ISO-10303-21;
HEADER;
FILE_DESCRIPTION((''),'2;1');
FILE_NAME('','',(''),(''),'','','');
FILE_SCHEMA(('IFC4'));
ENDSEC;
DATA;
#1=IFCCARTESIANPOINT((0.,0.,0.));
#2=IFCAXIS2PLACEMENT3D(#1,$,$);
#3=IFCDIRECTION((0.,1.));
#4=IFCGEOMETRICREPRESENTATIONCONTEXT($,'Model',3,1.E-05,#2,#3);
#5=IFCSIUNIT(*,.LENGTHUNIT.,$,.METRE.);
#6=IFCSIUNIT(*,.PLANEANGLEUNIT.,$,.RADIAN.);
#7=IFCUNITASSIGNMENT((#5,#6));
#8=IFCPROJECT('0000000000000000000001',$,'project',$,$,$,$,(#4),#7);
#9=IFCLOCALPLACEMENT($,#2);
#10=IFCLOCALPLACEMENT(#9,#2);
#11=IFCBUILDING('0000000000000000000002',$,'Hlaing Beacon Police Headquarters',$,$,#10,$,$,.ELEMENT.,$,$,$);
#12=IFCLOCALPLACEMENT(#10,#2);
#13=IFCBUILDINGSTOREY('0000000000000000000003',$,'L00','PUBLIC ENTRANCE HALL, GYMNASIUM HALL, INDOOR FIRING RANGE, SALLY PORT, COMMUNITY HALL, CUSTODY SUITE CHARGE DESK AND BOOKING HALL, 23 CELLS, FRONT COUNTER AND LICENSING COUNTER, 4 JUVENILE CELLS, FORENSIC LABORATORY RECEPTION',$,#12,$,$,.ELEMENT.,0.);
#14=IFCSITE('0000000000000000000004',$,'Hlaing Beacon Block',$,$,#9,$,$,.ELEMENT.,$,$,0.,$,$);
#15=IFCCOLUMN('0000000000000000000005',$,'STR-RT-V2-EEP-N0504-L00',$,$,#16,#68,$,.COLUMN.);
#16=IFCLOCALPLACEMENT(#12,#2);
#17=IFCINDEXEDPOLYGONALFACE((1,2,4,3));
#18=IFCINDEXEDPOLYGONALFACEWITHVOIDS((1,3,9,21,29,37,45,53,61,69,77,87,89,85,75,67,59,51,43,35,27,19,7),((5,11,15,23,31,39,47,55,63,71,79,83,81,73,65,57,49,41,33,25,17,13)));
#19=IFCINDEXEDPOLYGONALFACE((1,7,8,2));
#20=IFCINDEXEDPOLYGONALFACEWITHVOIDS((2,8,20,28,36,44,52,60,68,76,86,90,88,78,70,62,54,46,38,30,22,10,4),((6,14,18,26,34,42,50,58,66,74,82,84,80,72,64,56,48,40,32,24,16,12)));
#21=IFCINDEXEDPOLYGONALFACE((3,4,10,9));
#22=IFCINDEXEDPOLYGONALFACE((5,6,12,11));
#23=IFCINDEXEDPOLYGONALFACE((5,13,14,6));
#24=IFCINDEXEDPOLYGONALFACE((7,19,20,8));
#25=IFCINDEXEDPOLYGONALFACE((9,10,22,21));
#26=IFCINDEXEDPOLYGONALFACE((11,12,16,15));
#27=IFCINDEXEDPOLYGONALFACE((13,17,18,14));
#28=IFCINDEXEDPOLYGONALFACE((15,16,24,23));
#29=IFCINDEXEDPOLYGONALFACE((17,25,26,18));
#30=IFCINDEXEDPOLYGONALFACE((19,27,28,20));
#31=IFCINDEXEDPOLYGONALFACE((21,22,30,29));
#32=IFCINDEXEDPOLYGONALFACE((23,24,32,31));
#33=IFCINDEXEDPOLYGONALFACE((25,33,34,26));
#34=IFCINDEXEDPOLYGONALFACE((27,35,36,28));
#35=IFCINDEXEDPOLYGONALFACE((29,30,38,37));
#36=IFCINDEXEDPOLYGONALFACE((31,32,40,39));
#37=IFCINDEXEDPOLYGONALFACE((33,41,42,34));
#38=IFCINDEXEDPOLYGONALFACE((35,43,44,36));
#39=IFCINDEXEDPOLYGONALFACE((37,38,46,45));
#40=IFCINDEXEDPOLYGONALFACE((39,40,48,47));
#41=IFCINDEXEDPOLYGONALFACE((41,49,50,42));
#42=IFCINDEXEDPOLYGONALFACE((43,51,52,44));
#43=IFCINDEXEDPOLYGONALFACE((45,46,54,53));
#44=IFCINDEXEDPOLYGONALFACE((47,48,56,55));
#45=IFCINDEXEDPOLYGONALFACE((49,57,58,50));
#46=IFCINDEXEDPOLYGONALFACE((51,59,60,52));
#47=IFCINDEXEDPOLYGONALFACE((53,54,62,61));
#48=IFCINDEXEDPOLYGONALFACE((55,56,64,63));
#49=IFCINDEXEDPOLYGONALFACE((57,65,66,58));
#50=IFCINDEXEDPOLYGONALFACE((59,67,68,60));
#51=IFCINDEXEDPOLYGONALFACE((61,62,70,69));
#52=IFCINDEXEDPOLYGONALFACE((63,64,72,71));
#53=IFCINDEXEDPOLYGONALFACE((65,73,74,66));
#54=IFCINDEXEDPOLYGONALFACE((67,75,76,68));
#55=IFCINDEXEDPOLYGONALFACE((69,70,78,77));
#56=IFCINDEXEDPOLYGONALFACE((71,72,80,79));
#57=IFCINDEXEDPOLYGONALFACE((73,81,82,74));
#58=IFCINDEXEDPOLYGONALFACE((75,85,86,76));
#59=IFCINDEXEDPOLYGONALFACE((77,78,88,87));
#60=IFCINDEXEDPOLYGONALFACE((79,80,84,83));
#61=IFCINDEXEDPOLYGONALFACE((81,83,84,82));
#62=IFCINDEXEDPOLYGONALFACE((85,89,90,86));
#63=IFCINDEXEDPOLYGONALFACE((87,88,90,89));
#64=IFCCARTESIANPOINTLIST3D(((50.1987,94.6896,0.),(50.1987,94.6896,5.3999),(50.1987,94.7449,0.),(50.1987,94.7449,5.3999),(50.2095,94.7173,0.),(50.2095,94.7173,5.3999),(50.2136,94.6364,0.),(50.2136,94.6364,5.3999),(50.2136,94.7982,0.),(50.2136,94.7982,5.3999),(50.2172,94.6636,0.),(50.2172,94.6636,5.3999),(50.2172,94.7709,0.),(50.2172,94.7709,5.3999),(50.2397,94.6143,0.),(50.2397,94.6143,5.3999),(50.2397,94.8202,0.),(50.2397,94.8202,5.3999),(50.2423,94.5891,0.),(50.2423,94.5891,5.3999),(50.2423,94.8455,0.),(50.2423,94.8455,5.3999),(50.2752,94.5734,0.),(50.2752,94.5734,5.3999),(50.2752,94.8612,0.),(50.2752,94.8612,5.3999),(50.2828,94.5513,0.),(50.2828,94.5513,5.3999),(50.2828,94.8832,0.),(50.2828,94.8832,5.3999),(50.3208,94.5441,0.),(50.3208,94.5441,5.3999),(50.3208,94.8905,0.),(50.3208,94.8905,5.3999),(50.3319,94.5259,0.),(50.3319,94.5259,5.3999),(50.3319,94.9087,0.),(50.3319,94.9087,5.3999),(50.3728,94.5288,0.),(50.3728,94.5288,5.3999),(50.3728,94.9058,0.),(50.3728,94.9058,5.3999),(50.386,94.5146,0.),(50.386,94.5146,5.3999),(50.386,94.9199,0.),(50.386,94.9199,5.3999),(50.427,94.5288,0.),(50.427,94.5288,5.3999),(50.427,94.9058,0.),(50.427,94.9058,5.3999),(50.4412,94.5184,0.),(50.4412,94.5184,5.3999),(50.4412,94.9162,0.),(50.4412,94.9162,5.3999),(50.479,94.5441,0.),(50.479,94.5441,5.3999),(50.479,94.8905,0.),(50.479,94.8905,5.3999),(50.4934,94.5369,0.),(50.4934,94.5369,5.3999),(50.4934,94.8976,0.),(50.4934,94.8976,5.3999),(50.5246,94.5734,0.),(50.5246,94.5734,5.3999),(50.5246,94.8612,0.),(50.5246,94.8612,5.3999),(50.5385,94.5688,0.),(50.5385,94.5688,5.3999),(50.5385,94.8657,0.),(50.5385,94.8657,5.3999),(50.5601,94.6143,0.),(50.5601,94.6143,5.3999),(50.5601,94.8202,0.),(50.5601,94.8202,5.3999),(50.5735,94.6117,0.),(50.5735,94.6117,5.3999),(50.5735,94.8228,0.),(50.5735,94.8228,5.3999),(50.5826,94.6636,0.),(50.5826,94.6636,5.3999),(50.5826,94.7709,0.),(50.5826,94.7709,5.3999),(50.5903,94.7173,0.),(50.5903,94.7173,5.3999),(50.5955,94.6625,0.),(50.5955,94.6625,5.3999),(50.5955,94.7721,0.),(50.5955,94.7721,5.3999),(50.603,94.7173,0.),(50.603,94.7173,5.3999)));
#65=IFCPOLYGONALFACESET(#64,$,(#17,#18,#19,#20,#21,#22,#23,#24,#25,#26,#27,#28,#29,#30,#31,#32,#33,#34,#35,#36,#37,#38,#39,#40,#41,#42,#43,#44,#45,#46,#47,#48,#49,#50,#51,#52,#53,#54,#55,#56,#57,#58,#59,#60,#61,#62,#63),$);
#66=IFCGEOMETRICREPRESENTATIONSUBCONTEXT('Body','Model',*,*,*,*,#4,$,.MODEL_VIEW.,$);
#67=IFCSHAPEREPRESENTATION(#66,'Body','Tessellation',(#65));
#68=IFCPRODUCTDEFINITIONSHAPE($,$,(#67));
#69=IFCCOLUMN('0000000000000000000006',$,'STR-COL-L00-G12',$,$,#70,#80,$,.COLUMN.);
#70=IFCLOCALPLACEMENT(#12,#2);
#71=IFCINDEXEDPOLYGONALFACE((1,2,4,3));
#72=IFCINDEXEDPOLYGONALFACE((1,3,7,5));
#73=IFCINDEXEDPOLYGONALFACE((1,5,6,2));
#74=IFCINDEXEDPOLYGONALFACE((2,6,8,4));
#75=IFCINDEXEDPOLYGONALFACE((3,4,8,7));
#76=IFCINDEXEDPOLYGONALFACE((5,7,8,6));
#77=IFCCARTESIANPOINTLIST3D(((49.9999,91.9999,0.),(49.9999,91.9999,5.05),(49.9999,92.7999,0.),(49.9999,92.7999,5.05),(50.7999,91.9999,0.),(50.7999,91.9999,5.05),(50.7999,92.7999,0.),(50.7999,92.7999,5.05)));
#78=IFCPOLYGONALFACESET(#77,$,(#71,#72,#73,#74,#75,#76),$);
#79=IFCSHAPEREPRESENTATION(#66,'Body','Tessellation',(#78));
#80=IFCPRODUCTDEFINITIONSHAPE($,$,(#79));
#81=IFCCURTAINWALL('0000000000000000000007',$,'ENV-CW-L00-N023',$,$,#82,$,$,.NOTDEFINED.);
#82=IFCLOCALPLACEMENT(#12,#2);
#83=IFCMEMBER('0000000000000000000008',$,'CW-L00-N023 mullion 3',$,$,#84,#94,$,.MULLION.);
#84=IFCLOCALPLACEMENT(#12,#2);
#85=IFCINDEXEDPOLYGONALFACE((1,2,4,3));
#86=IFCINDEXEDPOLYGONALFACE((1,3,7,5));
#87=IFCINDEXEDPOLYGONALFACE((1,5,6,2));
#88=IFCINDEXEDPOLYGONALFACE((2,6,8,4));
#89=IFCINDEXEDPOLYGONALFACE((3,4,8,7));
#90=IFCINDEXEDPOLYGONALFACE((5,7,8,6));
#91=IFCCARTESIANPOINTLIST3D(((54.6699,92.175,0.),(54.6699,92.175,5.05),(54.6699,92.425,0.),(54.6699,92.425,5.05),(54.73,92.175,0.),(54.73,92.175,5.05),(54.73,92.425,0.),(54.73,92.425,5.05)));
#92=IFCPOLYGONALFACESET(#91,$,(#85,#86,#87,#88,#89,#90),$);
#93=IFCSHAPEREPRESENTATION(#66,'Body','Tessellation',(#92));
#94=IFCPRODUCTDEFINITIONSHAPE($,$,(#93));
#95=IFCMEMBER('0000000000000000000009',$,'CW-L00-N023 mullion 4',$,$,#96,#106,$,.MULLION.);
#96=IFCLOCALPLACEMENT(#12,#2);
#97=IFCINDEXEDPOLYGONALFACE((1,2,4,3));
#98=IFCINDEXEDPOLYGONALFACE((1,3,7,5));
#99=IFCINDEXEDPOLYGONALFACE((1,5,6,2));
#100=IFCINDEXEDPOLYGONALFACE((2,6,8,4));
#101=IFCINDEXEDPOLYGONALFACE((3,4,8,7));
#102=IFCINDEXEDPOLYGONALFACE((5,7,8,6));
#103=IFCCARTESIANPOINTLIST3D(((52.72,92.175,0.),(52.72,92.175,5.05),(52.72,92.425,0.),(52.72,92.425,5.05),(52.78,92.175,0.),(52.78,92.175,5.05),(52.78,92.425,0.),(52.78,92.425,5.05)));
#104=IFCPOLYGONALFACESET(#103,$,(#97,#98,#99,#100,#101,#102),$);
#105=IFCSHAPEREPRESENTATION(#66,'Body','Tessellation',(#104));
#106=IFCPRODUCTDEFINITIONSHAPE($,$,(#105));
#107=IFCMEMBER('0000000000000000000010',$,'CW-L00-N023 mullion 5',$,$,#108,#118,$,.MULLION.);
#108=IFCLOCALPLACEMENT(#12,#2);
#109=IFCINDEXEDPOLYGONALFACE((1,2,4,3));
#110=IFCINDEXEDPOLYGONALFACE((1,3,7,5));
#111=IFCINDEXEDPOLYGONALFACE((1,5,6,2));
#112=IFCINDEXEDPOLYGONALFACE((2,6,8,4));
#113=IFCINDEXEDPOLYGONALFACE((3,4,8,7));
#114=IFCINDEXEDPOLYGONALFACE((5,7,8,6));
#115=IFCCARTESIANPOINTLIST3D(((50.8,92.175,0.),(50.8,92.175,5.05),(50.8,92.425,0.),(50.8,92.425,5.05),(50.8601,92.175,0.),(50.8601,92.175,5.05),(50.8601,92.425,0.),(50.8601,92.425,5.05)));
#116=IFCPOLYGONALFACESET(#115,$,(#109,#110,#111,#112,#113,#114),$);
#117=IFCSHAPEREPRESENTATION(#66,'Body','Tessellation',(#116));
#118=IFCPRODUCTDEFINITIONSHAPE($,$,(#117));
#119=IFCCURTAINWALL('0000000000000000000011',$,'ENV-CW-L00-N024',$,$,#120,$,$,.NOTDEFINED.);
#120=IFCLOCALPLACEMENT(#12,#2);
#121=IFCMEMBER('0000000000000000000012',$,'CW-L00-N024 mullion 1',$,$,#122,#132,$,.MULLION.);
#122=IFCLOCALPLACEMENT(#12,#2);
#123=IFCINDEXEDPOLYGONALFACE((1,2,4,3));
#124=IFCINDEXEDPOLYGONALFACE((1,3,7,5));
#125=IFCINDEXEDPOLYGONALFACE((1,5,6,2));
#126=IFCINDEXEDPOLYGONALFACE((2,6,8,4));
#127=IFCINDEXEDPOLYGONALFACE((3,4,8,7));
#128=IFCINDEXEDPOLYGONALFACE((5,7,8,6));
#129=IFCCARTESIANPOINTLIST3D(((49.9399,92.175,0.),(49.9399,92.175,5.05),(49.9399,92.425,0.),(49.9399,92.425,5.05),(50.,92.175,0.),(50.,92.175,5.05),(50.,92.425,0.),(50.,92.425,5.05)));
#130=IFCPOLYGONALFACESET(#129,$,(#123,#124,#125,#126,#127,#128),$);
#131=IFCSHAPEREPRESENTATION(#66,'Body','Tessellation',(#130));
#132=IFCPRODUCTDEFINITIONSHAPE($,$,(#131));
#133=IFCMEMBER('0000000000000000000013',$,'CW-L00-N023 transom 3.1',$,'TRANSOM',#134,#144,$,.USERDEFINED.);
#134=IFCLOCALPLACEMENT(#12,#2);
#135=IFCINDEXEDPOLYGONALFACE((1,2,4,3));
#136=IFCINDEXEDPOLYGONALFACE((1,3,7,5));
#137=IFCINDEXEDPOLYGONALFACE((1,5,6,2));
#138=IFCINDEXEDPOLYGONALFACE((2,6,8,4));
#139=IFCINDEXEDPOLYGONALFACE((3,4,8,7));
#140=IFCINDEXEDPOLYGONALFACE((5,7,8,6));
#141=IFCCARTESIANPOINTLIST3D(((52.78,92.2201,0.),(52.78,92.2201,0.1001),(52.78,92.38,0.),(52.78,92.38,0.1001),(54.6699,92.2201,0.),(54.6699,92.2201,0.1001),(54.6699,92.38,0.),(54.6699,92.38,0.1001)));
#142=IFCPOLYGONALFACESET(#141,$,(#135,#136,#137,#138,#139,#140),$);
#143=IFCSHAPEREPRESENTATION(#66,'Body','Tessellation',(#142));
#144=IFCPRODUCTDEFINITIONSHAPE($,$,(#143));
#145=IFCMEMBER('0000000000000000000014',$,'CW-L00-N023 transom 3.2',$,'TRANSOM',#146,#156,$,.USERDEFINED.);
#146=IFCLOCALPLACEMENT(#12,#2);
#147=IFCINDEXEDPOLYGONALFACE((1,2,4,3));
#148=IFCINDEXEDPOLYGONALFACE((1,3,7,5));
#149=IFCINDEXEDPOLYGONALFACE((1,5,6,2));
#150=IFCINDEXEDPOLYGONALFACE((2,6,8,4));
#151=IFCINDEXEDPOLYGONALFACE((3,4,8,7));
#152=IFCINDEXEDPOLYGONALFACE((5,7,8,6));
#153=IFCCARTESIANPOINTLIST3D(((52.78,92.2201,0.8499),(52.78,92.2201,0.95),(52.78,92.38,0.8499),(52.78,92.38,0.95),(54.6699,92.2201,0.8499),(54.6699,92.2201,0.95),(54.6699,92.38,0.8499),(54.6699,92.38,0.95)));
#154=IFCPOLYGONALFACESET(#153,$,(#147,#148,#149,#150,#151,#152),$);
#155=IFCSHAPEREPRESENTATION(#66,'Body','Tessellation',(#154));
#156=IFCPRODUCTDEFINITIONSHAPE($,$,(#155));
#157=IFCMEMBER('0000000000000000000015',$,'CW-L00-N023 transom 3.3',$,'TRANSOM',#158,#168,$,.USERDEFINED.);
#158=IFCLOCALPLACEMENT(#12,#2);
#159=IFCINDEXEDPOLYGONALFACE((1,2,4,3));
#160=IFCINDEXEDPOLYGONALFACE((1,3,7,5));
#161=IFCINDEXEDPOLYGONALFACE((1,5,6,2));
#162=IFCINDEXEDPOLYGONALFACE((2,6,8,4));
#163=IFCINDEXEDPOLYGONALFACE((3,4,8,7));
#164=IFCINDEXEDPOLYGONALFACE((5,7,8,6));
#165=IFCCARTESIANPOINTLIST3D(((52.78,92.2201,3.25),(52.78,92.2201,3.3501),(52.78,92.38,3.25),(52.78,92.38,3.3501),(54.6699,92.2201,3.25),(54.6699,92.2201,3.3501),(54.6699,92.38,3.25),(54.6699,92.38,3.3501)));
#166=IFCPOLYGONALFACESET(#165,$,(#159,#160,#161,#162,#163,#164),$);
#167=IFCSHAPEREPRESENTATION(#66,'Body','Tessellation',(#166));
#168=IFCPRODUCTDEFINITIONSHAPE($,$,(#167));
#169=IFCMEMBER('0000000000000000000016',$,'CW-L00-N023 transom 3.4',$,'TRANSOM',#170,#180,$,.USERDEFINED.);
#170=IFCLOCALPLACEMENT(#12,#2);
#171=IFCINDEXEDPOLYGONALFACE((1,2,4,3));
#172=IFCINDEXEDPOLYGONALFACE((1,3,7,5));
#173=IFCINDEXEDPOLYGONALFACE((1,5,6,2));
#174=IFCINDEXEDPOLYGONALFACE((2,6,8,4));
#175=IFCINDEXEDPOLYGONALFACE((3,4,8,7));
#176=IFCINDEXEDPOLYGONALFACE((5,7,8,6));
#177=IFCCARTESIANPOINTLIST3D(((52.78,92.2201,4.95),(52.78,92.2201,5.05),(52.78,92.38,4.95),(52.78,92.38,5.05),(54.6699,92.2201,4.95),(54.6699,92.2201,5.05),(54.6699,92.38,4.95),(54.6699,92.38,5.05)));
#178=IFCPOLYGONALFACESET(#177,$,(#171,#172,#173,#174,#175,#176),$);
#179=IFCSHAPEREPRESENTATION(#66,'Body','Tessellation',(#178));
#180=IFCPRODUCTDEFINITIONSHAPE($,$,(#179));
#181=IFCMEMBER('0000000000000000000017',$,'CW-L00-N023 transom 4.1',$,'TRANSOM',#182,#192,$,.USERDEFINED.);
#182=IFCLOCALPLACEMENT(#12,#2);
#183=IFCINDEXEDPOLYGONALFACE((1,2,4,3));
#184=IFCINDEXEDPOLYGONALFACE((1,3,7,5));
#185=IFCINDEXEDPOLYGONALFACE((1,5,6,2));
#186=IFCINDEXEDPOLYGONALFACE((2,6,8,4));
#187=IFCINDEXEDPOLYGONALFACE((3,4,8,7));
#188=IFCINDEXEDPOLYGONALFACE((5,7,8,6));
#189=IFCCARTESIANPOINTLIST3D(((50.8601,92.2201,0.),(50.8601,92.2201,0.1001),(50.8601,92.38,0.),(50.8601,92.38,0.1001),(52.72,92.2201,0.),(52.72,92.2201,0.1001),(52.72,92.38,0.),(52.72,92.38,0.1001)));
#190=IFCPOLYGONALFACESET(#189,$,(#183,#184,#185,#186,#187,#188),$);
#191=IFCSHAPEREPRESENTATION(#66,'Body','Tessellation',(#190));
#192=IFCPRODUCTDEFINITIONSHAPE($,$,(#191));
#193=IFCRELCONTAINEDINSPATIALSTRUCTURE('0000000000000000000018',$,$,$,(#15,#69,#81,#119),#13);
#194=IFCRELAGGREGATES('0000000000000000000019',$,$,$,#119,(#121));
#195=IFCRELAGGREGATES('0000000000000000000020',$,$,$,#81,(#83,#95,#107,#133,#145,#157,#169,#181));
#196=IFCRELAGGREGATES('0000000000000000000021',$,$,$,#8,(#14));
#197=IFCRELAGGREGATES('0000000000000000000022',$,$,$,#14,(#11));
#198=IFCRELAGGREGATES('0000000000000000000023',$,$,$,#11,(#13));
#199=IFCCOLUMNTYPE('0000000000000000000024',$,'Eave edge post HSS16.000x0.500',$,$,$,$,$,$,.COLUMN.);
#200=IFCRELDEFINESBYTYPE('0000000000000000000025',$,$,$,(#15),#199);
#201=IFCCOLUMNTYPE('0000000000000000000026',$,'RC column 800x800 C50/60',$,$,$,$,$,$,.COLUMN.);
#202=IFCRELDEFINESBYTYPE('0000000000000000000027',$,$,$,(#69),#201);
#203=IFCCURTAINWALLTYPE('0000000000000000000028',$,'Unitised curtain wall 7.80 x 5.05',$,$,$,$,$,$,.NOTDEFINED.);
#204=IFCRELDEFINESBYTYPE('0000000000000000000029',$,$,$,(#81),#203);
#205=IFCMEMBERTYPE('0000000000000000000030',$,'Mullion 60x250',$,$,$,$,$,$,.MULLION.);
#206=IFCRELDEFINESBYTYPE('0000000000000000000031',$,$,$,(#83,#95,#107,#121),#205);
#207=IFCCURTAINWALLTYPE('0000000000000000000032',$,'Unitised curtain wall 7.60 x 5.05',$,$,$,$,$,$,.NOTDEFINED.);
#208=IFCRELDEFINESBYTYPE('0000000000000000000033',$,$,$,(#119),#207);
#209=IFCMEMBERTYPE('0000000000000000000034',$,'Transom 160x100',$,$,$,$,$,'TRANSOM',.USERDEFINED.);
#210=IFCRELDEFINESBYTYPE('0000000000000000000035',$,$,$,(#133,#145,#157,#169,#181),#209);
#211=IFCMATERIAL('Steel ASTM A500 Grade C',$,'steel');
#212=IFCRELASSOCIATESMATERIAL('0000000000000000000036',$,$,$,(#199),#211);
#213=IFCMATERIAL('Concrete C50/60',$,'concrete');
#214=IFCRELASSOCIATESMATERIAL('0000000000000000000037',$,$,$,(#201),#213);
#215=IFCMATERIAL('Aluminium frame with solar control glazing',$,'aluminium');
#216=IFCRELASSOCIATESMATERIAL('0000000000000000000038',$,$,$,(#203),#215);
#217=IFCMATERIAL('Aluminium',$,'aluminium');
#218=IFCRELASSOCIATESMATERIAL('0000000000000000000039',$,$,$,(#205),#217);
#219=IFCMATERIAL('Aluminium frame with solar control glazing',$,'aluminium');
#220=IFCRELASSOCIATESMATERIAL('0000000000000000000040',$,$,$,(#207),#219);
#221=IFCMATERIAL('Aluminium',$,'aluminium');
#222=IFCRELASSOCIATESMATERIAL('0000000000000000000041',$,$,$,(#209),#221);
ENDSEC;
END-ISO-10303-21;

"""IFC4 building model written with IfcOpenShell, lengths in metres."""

from ifc_helpers import new_model, si_unit, direction, frame, origin, origin_2d, place, context, subcontext, project, spatial, rectangle, hollow_circle, extrude, material, material_profile, profile_set, type_object, element, aggregate, save


model = new_model("IFC4")

# Units and contexts
model_context = context("Model", 3, precision=1e-05, world=origin(), true_north=direction((0.0, 1.0)))
body_context = subcontext(model_context, "Body", "Model", "MODEL_VIEW")
ifc_project = project(units=[si_unit("LENGTHUNIT", "METRE"), si_unit("PLANEANGLEUNIT", "RADIAN")], contexts=[model_context])

# Site, building, storey
site_placement = place(None, origin())
site = spatial("IfcSite", under=ifc_project, at=site_placement, Name="Hlaing Beacon Block", CompositionType="ELEMENT", RefElevation=0.0)
building_placement = place(site_placement, origin())
building = spatial("IfcBuilding", under=site, at=building_placement, Name="Hlaing Beacon Police Headquarters", CompositionType="ELEMENT")
storey_placement = place(building_placement, origin())
storey = spatial("IfcBuildingStorey", under=building, at=storey_placement, Name="L00", Description="PUBLIC ENTRANCE HALL, GYMNASIUM HALL, INDOOR FIRING RANGE, SALLY PORT, COMMUNITY HALL, CUSTODY SUITE CHARGE DESK AND BOOKING HALL, 23 CELLS, FRONT COUNTER AND LICENSING COUNTER, 4 JUVENILE CELLS, FORENSIC LABORATORY RECEPTION", CompositionType="ELEMENT", Elevation=0.0)

# Columns
ifc_material_1 = material(Name="Steel ASTM A500 Grade C", Category="steel")
ifc_material_profile_1 = material_profile(ifc_material_1, hollow_circle(Radius=0.2031, WallThickness=0.0127, at=origin_2d()), Name="HSS16.000x0.500")
ifc_profile_set_1 = profile_set([ifc_material_profile_1], Name="Steel ASTM A500 Grade C")
column_type_1 = type_object("IfcColumnType", Name="Eave edge post HSS16.000x0.500", PredefinedType="COLUMN", material=ifc_profile_set_1)
column_1_placement = place(storey_placement, frame((50.3999, 94.7173, 0.0), z_axis=(0.0, 0.0, 1.0), x_axis=(1.0, 0.0, 0.0)))
element("IfcColumn", 1, at=column_1_placement, inside=storey, type_object=column_type_1, Name="STR-RT-V2-EEP-N0504-L00", PredefinedType="COLUMN", context=body_context, shape_type="SweptSolid", body=[
    extrude(hollow_circle(Radius=0.2031, WallThickness=0.0127, at=origin_2d()), origin(), (0.0, 0.0, 1.0), 5.3999),
])
ifc_material_2 = material(Name="Concrete C50/60", Category="concrete")
ifc_material_profile_2 = material_profile(ifc_material_2, rectangle(XDim=0.8, YDim=0.8, at=origin_2d()), Name="800x800")
ifc_profile_set_2 = profile_set([ifc_material_profile_2], Name="Concrete C50/60")
column_type_2 = type_object("IfcColumnType", Name="RC column 800x800 C50/60", PredefinedType="COLUMN", material=ifc_profile_set_2)
column_2_placement = place(storey_placement, frame((50.3999, 92.3999, 0.0), z_axis=(0.0, 0.0, 1.0), x_axis=(1.0, 0.0, 0.0)))
element("IfcColumn", 2, at=column_2_placement, inside=storey, type_object=column_type_2, Name="STR-COL-L00-G12", PredefinedType="COLUMN", context=body_context, shape_type="SweptSolid", body=[
    extrude(rectangle(XDim=0.8, YDim=0.8, at=origin_2d()), origin(), (0.0, 0.0, 1.0), 5.05),
])

# Curtain wall, members
ifc_material_3 = material(Name="Aluminium frame with solar control glazing", Category="aluminium")
curtain_wall_type_1 = type_object("IfcCurtainWallType", Name="Unitised curtain wall 7.80 x 5.05", PredefinedType="NOTDEFINED", material=ifc_material_3)
curtain_wall_1_placement = place(storey_placement, origin())
curtain_wall_1 = element("IfcCurtainWall", 3, at=curtain_wall_1_placement, inside=storey, type_object=curtain_wall_type_1, Name="ENV-CW-L00-N023", PredefinedType="NOTDEFINED")
ifc_material_4 = material(Name="Aluminium", Category="aluminium")
ifc_material_profile_3 = material_profile(ifc_material_4, rectangle(XDim=0.25, YDim=0.0601, at=origin_2d()), Name="Mullion 60x250")
ifc_profile_set_3 = profile_set([ifc_material_profile_3], Name="Aluminium")
member_type_1 = type_object("IfcMemberType", Name="Mullion 60x250", PredefinedType="MULLION", material=ifc_profile_set_3)
member_1_placement = place(storey_placement, frame((54.7, 92.3, 0.0), z_axis=(0.0, 0.0, 1.0), x_axis=(0.0, -1.0, 0.0)))
member_1 = element("IfcMember", 4, at=member_1_placement, type_object=member_type_1, Name="CW-L00-N023 mullion 3", PredefinedType="MULLION", context=body_context, shape_type="SweptSolid", body=[
    extrude(rectangle(XDim=0.25, YDim=0.0601, at=origin_2d()), origin(), (0.0, 0.0, 1.0), 5.05),
])
member_2_placement = place(storey_placement, frame((52.75, 92.3, 0.0), z_axis=(0.0, 0.0, 1.0), x_axis=(0.0, -1.0, 0.0)))
member_2 = element("IfcMember", 5, at=member_2_placement, type_object=member_type_1, Name="CW-L00-N023 mullion 4", PredefinedType="MULLION", context=body_context, shape_type="SweptSolid", body=[
    extrude(rectangle(XDim=0.25, YDim=0.0601, at=origin_2d()), origin(), (0.0, 0.0, 1.0), 5.05),
])
member_3_placement = place(storey_placement, frame((50.8301, 92.3, 0.0), z_axis=(0.0, 0.0, 1.0), x_axis=(0.0, -1.0, 0.0)))
member_3 = element("IfcMember", 6, at=member_3_placement, type_object=member_type_1, Name="CW-L00-N023 mullion 5", PredefinedType="MULLION", context=body_context, shape_type="SweptSolid", body=[
    extrude(rectangle(XDim=0.25, YDim=0.0601, at=origin_2d()), origin(), (0.0, 0.0, 1.0), 5.05),
])

# Curtain wall, member
ifc_material_5 = material(Name="Aluminium frame with solar control glazing", Category="aluminium")
curtain_wall_type_2 = type_object("IfcCurtainWallType", Name="Unitised curtain wall 7.60 x 5.05", PredefinedType="NOTDEFINED", material=ifc_material_5)
curtain_wall_2_placement = place(storey_placement, origin())
curtain_wall_2 = element("IfcCurtainWall", 7, at=curtain_wall_2_placement, inside=storey, type_object=curtain_wall_type_2, Name="ENV-CW-L00-N024", PredefinedType="NOTDEFINED")
member_4_placement = place(storey_placement, frame((49.97, 92.3, 0.0), z_axis=(0.0, 0.0, 1.0), x_axis=(0.0, -1.0, 0.0)))
member_4 = element("IfcMember", 8, at=member_4_placement, type_object=member_type_1, Name="CW-L00-N024 mullion 1", PredefinedType="MULLION", context=body_context, shape_type="SweptSolid", body=[
    extrude(rectangle(XDim=0.25, YDim=0.0601, at=origin_2d()), origin(), (0.0, 0.0, 1.0), 5.05),
])

# Members
ifc_material_6 = material(Name="Aluminium", Category="aluminium")
ifc_material_profile_4 = material_profile(ifc_material_6, rectangle(XDim=0.1599, YDim=0.1001, at=origin_2d()), Name="Transom 160x100")
ifc_profile_set_4 = profile_set([ifc_material_profile_4], Name="Aluminium")
member_type_2 = type_object("IfcMemberType", Name="Transom 160x100", ElementType="TRANSOM", PredefinedType="USERDEFINED", material=ifc_profile_set_4)
member_5_placement = place(storey_placement, frame((54.6699, 92.3, 0.05), z_axis=(-1.0, 0.0, 0.0), x_axis=(0.0, -1.0, 0.0)))
member_5 = element("IfcMember", 9, at=member_5_placement, type_object=member_type_2, Name="CW-L00-N023 transom 3.1", ObjectType="TRANSOM", PredefinedType="USERDEFINED", context=body_context, shape_type="SweptSolid", body=[
    extrude(rectangle(XDim=0.1599, YDim=0.1001, at=origin_2d()), origin(), (0.0, 0.0, 1.0), 1.8899),
])
member_6_placement = place(storey_placement, frame((54.6699, 92.3, 0.8999), z_axis=(-1.0, 0.0, 0.0), x_axis=(0.0, -1.0, 0.0)))
member_6 = element("IfcMember", 10, at=member_6_placement, type_object=member_type_2, Name="CW-L00-N023 transom 3.2", ObjectType="TRANSOM", PredefinedType="USERDEFINED", context=body_context, shape_type="SweptSolid", body=[
    extrude(rectangle(XDim=0.1599, YDim=0.1001, at=origin_2d()), origin(), (0.0, 0.0, 1.0), 1.8899),
])
member_7_placement = place(storey_placement, frame((54.6699, 92.3, 3.3), z_axis=(-1.0, 0.0, 0.0), x_axis=(0.0, -1.0, 0.0)))
member_7 = element("IfcMember", 11, at=member_7_placement, type_object=member_type_2, Name="CW-L00-N023 transom 3.3", ObjectType="TRANSOM", PredefinedType="USERDEFINED", context=body_context, shape_type="SweptSolid", body=[
    extrude(rectangle(XDim=0.1599, YDim=0.1001, at=origin_2d()), origin(), (0.0, 0.0, 1.0), 1.8899),
])
member_8_placement = place(storey_placement, frame((54.6699, 92.3, 5.0), z_axis=(-1.0, 0.0, 0.0), x_axis=(0.0, -1.0, 0.0)))
member_8 = element("IfcMember", 12, at=member_8_placement, type_object=member_type_2, Name="CW-L00-N023 transom 3.4", ObjectType="TRANSOM", PredefinedType="USERDEFINED", context=body_context, shape_type="SweptSolid", body=[
    extrude(rectangle(XDim=0.1599, YDim=0.1001, at=origin_2d()), origin(), (0.0, 0.0, 1.0), 1.8899),
])
member_9_placement = place(storey_placement, frame((52.72, 92.3, 0.05), z_axis=(-1.0, 0.0, 0.0), x_axis=(0.0, -1.0, 0.0)))
member_9 = element("IfcMember", 13, at=member_9_placement, type_object=member_type_2, Name="CW-L00-N023 transom 4.1", ObjectType="TRANSOM", PredefinedType="USERDEFINED", context=body_context, shape_type="SweptSolid", body=[
    extrude(rectangle(XDim=0.1599, YDim=0.1001, at=origin_2d()), origin(), (0.0, 0.0, 1.0), 1.8599),
])
aggregate(curtain_wall_2, [member_4])

aggregate(curtain_wall_1, [member_1, member_2, member_3, member_5, member_6, member_7, member_8, member_9])

save(model, "model.ifc")
